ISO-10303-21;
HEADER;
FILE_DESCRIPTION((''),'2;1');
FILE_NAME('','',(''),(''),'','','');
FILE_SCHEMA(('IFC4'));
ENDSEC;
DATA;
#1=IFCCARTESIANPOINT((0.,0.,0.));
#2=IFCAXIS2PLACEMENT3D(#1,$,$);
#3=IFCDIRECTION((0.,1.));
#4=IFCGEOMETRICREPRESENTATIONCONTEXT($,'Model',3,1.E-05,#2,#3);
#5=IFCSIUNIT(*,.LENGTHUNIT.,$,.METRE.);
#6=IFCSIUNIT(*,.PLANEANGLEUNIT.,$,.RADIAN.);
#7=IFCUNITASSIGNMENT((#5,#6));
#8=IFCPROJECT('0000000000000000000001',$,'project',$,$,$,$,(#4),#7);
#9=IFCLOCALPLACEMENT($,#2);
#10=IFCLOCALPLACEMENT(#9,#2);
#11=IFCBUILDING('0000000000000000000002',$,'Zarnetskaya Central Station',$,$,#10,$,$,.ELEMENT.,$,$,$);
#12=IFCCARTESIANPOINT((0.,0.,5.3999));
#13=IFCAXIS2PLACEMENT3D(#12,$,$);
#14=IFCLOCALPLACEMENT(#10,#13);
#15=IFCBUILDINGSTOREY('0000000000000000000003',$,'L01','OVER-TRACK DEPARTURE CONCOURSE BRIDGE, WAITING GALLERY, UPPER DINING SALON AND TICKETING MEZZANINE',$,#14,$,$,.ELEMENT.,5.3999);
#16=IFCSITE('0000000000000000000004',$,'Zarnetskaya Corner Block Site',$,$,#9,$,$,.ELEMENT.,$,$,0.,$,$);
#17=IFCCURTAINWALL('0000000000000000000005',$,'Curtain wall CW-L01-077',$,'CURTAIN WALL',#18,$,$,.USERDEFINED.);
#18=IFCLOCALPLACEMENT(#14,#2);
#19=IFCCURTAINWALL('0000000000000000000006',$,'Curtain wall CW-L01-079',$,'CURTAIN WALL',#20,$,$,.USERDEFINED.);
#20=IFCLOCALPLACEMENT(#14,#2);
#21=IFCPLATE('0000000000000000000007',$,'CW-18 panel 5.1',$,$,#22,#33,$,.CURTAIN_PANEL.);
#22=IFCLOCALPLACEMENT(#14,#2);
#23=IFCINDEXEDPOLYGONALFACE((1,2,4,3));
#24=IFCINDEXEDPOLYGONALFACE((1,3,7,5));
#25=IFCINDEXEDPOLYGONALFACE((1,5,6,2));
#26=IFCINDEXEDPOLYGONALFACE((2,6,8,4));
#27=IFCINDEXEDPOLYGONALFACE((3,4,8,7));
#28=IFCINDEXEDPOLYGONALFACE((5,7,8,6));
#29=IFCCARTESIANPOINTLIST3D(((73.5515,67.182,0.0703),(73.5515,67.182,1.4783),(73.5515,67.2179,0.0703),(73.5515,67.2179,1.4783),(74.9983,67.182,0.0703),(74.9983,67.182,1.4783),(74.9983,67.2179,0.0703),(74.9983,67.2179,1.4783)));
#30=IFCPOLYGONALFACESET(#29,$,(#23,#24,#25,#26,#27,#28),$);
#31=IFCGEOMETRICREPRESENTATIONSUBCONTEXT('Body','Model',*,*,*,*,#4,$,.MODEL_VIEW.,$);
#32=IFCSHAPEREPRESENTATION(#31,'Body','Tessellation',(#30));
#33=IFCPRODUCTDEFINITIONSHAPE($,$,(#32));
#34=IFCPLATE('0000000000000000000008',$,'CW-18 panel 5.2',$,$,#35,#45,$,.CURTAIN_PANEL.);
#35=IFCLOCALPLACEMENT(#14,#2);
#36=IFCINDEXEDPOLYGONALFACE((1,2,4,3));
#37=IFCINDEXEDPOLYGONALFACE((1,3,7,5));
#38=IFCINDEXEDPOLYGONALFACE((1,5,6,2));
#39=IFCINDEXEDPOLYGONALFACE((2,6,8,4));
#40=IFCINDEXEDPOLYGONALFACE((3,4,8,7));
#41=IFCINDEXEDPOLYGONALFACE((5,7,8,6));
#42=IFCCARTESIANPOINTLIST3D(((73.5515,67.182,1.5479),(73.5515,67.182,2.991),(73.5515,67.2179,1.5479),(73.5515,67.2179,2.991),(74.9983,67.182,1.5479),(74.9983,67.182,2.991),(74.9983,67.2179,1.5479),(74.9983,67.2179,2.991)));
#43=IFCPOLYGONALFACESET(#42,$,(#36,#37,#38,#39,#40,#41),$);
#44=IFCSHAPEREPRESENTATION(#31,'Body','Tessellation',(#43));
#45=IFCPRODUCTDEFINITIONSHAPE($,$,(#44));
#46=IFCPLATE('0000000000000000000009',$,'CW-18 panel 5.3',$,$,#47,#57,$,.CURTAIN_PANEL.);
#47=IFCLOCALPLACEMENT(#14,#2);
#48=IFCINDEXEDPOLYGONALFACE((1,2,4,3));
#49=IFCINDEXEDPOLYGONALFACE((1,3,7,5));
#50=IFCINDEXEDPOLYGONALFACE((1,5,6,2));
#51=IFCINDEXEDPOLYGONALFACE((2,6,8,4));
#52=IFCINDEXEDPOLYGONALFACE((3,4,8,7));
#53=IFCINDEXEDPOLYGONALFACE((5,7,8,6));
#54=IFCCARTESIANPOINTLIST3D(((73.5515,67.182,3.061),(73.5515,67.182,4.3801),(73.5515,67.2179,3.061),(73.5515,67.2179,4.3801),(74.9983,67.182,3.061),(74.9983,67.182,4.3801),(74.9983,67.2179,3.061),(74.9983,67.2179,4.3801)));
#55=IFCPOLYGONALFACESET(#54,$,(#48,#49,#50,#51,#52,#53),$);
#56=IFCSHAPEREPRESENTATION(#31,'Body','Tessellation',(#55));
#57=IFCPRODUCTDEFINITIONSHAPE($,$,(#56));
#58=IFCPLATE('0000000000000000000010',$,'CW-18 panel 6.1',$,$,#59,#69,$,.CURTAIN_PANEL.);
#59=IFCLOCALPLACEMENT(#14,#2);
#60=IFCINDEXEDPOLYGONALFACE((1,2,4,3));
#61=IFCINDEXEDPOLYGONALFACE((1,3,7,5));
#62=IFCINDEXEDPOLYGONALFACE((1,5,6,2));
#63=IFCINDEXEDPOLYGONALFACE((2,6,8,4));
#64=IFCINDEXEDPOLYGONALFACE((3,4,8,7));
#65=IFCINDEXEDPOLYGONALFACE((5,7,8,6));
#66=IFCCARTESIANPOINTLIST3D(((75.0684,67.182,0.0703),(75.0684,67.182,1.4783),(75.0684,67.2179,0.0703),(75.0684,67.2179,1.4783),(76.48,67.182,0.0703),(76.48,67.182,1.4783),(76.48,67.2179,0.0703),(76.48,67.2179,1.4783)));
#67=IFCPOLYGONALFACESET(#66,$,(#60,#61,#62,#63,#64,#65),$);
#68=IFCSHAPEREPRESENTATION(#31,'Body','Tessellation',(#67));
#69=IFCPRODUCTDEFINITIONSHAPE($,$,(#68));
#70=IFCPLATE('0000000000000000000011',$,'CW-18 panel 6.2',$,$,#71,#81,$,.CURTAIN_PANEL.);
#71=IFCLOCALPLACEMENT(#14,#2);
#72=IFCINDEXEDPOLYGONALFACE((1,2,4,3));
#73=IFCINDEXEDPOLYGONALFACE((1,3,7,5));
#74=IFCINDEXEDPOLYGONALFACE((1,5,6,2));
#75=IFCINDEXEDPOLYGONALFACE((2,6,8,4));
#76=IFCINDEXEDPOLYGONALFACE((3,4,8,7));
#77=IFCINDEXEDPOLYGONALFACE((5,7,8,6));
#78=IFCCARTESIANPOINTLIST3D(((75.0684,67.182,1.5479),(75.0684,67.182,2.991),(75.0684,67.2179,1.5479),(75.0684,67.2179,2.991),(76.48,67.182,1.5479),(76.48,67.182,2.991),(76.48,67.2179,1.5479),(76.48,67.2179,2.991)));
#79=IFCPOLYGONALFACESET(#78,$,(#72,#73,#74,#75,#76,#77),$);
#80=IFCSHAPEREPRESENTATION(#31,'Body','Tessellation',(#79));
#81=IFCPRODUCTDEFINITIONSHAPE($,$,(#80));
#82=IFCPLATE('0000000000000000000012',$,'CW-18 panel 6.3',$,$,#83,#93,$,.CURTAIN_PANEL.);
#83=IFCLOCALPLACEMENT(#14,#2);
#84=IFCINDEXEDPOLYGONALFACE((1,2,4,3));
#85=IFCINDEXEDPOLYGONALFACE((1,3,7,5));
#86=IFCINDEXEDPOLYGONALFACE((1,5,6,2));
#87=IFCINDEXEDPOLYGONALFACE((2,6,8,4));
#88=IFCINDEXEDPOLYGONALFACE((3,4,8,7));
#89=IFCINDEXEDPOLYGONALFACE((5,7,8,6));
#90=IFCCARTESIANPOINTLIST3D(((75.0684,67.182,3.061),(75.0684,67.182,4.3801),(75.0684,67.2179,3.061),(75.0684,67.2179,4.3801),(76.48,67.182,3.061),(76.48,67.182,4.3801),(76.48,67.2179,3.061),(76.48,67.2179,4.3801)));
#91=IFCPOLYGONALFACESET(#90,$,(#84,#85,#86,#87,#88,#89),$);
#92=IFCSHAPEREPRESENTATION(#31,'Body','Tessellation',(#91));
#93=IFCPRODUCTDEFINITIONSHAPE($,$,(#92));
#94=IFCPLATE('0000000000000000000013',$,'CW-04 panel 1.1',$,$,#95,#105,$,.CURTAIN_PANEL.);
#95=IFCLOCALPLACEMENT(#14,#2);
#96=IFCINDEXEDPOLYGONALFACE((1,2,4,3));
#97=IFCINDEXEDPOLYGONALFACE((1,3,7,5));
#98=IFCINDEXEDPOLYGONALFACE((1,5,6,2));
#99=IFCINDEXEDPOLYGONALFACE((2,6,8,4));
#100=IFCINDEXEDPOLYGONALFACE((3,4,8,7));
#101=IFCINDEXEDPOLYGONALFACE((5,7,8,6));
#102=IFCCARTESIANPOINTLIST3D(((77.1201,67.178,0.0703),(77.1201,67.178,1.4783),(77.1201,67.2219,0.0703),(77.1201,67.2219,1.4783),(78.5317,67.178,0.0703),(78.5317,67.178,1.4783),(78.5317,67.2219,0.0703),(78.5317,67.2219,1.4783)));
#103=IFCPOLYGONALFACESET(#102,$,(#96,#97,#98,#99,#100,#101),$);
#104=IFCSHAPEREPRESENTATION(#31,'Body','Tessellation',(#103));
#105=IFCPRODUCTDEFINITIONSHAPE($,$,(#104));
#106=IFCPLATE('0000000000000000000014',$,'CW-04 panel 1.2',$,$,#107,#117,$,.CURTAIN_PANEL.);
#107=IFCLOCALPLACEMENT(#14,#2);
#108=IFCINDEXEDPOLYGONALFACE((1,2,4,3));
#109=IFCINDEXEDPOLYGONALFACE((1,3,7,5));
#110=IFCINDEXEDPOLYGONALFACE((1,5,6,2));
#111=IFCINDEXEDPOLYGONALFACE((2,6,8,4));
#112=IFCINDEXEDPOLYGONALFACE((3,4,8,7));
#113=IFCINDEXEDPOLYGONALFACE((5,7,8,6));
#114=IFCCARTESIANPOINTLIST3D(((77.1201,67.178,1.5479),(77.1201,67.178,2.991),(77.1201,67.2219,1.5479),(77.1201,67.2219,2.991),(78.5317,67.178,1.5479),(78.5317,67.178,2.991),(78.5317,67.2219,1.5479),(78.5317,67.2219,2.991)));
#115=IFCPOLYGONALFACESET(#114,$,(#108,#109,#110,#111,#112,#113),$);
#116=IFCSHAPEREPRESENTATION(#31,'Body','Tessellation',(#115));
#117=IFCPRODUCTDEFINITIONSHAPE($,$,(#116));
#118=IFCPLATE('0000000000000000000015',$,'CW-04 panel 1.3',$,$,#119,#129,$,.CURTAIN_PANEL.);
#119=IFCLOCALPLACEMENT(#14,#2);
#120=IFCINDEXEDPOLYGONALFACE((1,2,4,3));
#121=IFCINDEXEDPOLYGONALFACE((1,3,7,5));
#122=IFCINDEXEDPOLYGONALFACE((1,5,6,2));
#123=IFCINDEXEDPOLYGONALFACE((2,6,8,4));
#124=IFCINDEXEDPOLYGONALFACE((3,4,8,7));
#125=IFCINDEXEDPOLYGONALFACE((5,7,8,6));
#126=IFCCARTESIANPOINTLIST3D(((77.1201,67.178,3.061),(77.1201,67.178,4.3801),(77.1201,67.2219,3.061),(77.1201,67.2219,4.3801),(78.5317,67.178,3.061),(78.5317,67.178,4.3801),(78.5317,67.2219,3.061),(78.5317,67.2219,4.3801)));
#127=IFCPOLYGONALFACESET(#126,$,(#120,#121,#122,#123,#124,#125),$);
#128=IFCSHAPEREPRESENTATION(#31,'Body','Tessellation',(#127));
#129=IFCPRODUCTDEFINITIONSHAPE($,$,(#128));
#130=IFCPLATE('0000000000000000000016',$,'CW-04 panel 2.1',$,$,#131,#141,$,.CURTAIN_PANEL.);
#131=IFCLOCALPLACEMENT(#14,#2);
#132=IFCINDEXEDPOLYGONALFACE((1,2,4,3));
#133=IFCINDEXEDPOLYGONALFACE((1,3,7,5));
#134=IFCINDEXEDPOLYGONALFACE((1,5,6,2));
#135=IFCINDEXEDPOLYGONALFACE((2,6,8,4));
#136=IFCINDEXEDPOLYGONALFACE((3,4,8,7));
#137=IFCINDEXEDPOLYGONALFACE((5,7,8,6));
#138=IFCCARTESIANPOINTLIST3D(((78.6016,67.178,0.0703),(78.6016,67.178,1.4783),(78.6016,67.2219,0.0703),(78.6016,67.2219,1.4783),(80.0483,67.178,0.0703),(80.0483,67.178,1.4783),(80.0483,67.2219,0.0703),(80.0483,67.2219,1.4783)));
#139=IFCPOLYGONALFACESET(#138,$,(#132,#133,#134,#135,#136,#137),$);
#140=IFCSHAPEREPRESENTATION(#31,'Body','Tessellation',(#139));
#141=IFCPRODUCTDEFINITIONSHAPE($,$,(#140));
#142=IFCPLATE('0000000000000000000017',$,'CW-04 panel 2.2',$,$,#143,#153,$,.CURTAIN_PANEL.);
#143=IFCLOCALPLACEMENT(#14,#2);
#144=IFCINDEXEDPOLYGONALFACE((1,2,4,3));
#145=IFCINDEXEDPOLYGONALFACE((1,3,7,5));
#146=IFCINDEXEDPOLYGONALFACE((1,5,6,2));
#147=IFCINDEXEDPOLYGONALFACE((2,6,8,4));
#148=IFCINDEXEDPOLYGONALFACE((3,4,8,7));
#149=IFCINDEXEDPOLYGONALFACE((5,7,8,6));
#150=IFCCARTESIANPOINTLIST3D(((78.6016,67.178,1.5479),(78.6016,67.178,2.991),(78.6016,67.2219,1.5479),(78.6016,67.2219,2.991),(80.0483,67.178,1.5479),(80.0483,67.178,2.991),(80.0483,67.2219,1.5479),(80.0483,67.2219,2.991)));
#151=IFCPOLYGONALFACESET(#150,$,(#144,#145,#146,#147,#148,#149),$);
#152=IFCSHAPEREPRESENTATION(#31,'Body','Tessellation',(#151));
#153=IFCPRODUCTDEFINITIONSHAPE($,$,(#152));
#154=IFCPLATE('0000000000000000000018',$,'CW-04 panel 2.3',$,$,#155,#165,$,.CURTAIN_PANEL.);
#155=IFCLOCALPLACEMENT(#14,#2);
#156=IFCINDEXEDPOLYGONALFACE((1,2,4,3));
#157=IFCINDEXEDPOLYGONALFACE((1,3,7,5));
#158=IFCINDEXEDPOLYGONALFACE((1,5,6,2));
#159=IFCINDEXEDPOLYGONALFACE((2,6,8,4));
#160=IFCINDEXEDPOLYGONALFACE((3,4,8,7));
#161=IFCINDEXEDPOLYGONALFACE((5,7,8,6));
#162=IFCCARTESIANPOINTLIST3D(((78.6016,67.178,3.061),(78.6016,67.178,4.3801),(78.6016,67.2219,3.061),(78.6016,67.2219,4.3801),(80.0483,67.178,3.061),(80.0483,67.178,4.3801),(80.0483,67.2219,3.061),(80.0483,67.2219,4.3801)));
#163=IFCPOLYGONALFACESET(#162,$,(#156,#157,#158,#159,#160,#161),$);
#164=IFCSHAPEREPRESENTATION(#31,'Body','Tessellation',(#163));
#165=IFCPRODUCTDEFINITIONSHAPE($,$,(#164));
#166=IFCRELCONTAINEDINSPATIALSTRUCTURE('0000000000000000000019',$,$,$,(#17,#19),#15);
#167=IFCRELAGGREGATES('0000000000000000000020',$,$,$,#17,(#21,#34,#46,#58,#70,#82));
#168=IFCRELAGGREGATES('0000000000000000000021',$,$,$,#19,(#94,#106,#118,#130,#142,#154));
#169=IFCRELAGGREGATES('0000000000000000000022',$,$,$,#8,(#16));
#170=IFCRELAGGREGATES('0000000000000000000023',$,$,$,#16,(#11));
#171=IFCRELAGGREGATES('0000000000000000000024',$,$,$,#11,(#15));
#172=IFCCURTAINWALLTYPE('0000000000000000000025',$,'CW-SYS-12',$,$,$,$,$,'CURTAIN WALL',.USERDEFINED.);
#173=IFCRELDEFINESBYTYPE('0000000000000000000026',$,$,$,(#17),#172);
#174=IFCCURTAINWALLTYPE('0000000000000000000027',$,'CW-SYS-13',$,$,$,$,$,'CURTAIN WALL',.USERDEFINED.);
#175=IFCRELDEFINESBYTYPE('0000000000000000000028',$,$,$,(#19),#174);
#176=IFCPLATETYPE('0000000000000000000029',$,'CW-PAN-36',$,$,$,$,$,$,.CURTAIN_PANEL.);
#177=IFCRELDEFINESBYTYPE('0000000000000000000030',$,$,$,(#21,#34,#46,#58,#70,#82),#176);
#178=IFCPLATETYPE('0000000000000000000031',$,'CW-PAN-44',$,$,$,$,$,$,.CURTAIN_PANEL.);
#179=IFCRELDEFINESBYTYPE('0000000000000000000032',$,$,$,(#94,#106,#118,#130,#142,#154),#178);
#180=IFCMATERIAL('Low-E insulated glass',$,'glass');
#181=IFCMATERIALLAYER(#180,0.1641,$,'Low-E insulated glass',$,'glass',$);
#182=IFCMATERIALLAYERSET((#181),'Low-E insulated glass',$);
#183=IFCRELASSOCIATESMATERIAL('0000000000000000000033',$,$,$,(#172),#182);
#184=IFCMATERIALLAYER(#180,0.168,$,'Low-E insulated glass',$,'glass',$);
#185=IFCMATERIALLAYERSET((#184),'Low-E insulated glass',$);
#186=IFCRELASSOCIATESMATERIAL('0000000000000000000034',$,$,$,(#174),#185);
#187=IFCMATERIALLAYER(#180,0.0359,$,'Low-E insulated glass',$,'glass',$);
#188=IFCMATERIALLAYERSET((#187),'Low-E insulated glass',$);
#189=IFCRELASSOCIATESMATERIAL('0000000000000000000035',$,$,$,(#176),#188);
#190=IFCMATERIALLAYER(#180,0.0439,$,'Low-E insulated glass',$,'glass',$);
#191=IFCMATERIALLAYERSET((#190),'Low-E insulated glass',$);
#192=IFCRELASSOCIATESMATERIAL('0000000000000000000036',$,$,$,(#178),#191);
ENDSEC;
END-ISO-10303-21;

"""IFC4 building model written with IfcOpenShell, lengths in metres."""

from ifc_helpers import new_model, si_unit, direction, frame, origin, origin_2d, place, context, subcontext, project, spatial, rectangle, extrude, material, layer, layer_set, type_object, element, aggregate, save


model = new_model("IFC4")

# Units and contexts
model_context = context("Model", 3, precision=1e-05, world=origin(), true_north=direction((0.0, 1.0)))
body_context = subcontext(model_context, "Body", "Model", "MODEL_VIEW")
ifc_project = project(units=[si_unit("LENGTHUNIT", "METRE"), si_unit("PLANEANGLEUNIT", "RADIAN")], contexts=[model_context])

# Site, building, storey
site_placement = place(None, origin())
site = spatial("IfcSite", under=ifc_project, at=site_placement, Name="Zarnetskaya Corner Block Site", CompositionType="ELEMENT", RefElevation=0.0)
building_placement = place(site_placement, origin())
building = spatial("IfcBuilding", under=site, at=building_placement, Name="Zarnetskaya Central Station", CompositionType="ELEMENT")
storey_placement = place(building_placement, frame((0.0, 0.0, 5.3999)))
storey = spatial("IfcBuildingStorey", under=building, at=storey_placement, Name="L01", Description="OVER-TRACK DEPARTURE CONCOURSE BRIDGE, WAITING GALLERY, UPPER DINING SALON AND TICKETING MEZZANINE", CompositionType="ELEMENT", Elevation=5.3999)

# Curtain walls
ifc_material_1 = material(Name="Low-E insulated glass", Category="glass")
ifc_layer_1 = layer(ifc_material_1, 0.1641, Name="Low-E insulated glass", Category="glass")
ifc_layer_set_1 = layer_set([ifc_layer_1], Name="Low-E insulated glass")
curtain_wall_type_1 = type_object("IfcCurtainWallType", Name="CW-SYS-12", ElementType="CURTAIN WALL", PredefinedType="USERDEFINED", material=ifc_layer_set_1)
curtain_wall_1_placement = place(storey_placement, origin())
curtain_wall_1 = element("IfcCurtainWall", 1, at=curtain_wall_1_placement, inside=storey, type_object=curtain_wall_type_1, Name="Curtain wall CW-L01-077", ObjectType="CURTAIN WALL", PredefinedType="USERDEFINED")
ifc_layer_2 = layer(ifc_material_1, 0.168, Name="Low-E insulated glass", Category="glass")
ifc_layer_set_2 = layer_set([ifc_layer_2], Name="Low-E insulated glass")
curtain_wall_type_2 = type_object("IfcCurtainWallType", Name="CW-SYS-13", ElementType="CURTAIN WALL", PredefinedType="USERDEFINED", material=ifc_layer_set_2)
curtain_wall_2_placement = place(storey_placement, origin())
curtain_wall_2 = element("IfcCurtainWall", 2, at=curtain_wall_2_placement, inside=storey, type_object=curtain_wall_type_2, Name="Curtain wall CW-L01-079", ObjectType="CURTAIN WALL", PredefinedType="USERDEFINED")

# Plates
ifc_layer_3 = layer(ifc_material_1, 0.0359, Name="Low-E insulated glass", Category="glass")
ifc_layer_set_3 = layer_set([ifc_layer_3], Name="Low-E insulated glass")
plate_type_1 = type_object("IfcPlateType", Name="CW-PAN-36", PredefinedType="CURTAIN_PANEL", material=ifc_layer_set_3)
plate_1_placement = place(storey_placement, frame((74.2749, 67.2, 0.0703), z_axis=(0.0, 0.0, 1.0), x_axis=(1.0, 0.0, 0.0)))
plate_1 = element("IfcPlate", 3, at=plate_1_placement, type_object=plate_type_1, Name="CW-18 panel 5.1", PredefinedType="CURTAIN_PANEL", context=body_context, shape_type="SweptSolid", body=[
    extrude(rectangle(XDim=1.4468, YDim=0.0359, at=origin_2d()), origin(), (0.0, 0.0, 1.0), 1.408),
])
plate_2_placement = place(storey_placement, frame((74.2749, 67.2, 1.5479), z_axis=(0.0, 0.0, 1.0), x_axis=(1.0, 0.0, 0.0)))
plate_2 = element("IfcPlate", 4, at=plate_2_placement, type_object=plate_type_1, Name="CW-18 panel 5.2", PredefinedType="CURTAIN_PANEL", context=body_context, shape_type="SweptSolid", body=[
    extrude(rectangle(XDim=1.4468, YDim=0.0359, at=origin_2d()), origin(), (0.0, 0.0, 1.0), 1.4431),
])
plate_3_placement = place(storey_placement, frame((74.2749, 67.2, 3.061), z_axis=(0.0, 0.0, 1.0), x_axis=(1.0, 0.0, 0.0)))
plate_3 = element("IfcPlate", 5, at=plate_3_placement, type_object=plate_type_1, Name="CW-18 panel 5.3", PredefinedType="CURTAIN_PANEL", context=body_context, shape_type="SweptSolid", body=[
    extrude(rectangle(XDim=1.4468, YDim=0.0359, at=origin_2d()), origin(), (0.0, 0.0, 1.0), 1.3191),
])
plate_4_placement = place(storey_placement, frame((75.7742, 67.2, 0.0703), z_axis=(0.0, 0.0, 1.0), x_axis=(1.0, 0.0, 0.0)))
plate_4 = element("IfcPlate", 6, at=plate_4_placement, type_object=plate_type_1, Name="CW-18 panel 6.1", PredefinedType="CURTAIN_PANEL", context=body_context, shape_type="SweptSolid", body=[
    extrude(rectangle(XDim=1.4116, YDim=0.0359, at=origin_2d()), origin(), (0.0, 0.0, 1.0), 1.408),
])
plate_5_placement = place(storey_placement, frame((75.7742, 67.2, 1.5479), z_axis=(0.0, 0.0, 1.0), x_axis=(1.0, 0.0, 0.0)))
plate_5 = element("IfcPlate", 7, at=plate_5_placement, type_object=plate_type_1, Name="CW-18 panel 6.2", PredefinedType="CURTAIN_PANEL", context=body_context, shape_type="SweptSolid", body=[
    extrude(rectangle(XDim=1.4116, YDim=0.0359, at=origin_2d()), origin(), (0.0, 0.0, 1.0), 1.4431),
])
plate_6_placement = place(storey_placement, frame((75.7742, 67.2, 3.061), z_axis=(0.0, 0.0, 1.0), x_axis=(1.0, 0.0, 0.0)))
plate_6 = element("IfcPlate", 8, at=plate_6_placement, type_object=plate_type_1, Name="CW-18 panel 6.3", PredefinedType="CURTAIN_PANEL", context=body_context, shape_type="SweptSolid", body=[
    extrude(rectangle(XDim=1.4116, YDim=0.0359, at=origin_2d()), origin(), (0.0, 0.0, 1.0), 1.3191),
])
aggregate(curtain_wall_1, [plate_1, plate_2, plate_3, plate_4, plate_5, plate_6])
ifc_layer_4 = layer(ifc_material_1, 0.0439, Name="Low-E insulated glass", Category="glass")
ifc_layer_set_4 = layer_set([ifc_layer_4], Name="Low-E insulated glass")
plate_type_2 = type_object("IfcPlateType", Name="CW-PAN-44", PredefinedType="CURTAIN_PANEL", material=ifc_layer_set_4)
plate_7_placement = place(storey_placement, frame((77.8259, 67.2, 0.0703), z_axis=(0.0, 0.0, 1.0), x_axis=(1.0, 0.0, 0.0)))
plate_7 = element("IfcPlate", 9, at=plate_7_placement, type_object=plate_type_2, Name="CW-04 panel 1.1", PredefinedType="CURTAIN_PANEL", context=body_context, shape_type="SweptSolid", body=[
    extrude(rectangle(XDim=1.4116, YDim=0.0439, at=origin_2d()), origin(), (0.0, 0.0, 1.0), 1.408),
])
plate_8_placement = place(storey_placement, frame((77.8259, 67.2, 1.5479), z_axis=(0.0, 0.0, 1.0), x_axis=(1.0, 0.0, 0.0)))
plate_8 = element("IfcPlate", 10, at=plate_8_placement, type_object=plate_type_2, Name="CW-04 panel 1.2", PredefinedType="CURTAIN_PANEL", context=body_context, shape_type="SweptSolid", body=[
    extrude(rectangle(XDim=1.4116, YDim=0.0439, at=origin_2d()), origin(), (0.0, 0.0, 1.0), 1.4431),
])
plate_9_placement = place(storey_placement, frame((77.8259, 67.2, 3.061), z_axis=(0.0, 0.0, 1.0), x_axis=(1.0, 0.0, 0.0)))
plate_9 = element("IfcPlate", 11, at=plate_9_placement, type_object=plate_type_2, Name="CW-04 panel 1.3", PredefinedType="CURTAIN_PANEL", context=body_context, shape_type="SweptSolid", body=[
    extrude(rectangle(XDim=1.4116, YDim=0.0439, at=origin_2d()), origin(), (0.0, 0.0, 1.0), 1.3191),
])
plate_10_placement = place(storey_placement, frame((79.325, 67.2, 0.0703), z_axis=(0.0, 0.0, 1.0), x_axis=(1.0, 0.0, 0.0)))
plate_10 = element("IfcPlate", 12, at=plate_10_placement, type_object=plate_type_2, Name="CW-04 panel 2.1", PredefinedType="CURTAIN_PANEL", context=body_context, shape_type="SweptSolid", body=[
    extrude(rectangle(XDim=1.4468, YDim=0.0439, at=origin_2d()), origin(), (0.0, 0.0, 1.0), 1.408),
])
plate_11_placement = place(storey_placement, frame((79.325, 67.2, 1.5479), z_axis=(0.0, 0.0, 1.0), x_axis=(1.0, 0.0, 0.0)))
plate_11 = element("IfcPlate", 13, at=plate_11_placement, type_object=plate_type_2, Name="CW-04 panel 2.2", PredefinedType="CURTAIN_PANEL", context=body_context, shape_type="SweptSolid", body=[
    extrude(rectangle(XDim=1.4468, YDim=0.0439, at=origin_2d()), origin(), (0.0, 0.0, 1.0), 1.4431),
])
plate_12_placement = place(storey_placement, frame((79.325, 67.2, 3.061), z_axis=(0.0, 0.0, 1.0), x_axis=(1.0, 0.0, 0.0)))
plate_12 = element("IfcPlate", 14, at=plate_12_placement, type_object=plate_type_2, Name="CW-04 panel 2.3", PredefinedType="CURTAIN_PANEL", context=body_context, shape_type="SweptSolid", body=[
    extrude(rectangle(XDim=1.4468, YDim=0.0439, at=origin_2d()), origin(), (0.0, 0.0, 1.0), 1.3191),
])
aggregate(curtain_wall_2, [plate_7, plate_8, plate_9, plate_10, plate_11, plate_12])

save(model, "model.ifc")
